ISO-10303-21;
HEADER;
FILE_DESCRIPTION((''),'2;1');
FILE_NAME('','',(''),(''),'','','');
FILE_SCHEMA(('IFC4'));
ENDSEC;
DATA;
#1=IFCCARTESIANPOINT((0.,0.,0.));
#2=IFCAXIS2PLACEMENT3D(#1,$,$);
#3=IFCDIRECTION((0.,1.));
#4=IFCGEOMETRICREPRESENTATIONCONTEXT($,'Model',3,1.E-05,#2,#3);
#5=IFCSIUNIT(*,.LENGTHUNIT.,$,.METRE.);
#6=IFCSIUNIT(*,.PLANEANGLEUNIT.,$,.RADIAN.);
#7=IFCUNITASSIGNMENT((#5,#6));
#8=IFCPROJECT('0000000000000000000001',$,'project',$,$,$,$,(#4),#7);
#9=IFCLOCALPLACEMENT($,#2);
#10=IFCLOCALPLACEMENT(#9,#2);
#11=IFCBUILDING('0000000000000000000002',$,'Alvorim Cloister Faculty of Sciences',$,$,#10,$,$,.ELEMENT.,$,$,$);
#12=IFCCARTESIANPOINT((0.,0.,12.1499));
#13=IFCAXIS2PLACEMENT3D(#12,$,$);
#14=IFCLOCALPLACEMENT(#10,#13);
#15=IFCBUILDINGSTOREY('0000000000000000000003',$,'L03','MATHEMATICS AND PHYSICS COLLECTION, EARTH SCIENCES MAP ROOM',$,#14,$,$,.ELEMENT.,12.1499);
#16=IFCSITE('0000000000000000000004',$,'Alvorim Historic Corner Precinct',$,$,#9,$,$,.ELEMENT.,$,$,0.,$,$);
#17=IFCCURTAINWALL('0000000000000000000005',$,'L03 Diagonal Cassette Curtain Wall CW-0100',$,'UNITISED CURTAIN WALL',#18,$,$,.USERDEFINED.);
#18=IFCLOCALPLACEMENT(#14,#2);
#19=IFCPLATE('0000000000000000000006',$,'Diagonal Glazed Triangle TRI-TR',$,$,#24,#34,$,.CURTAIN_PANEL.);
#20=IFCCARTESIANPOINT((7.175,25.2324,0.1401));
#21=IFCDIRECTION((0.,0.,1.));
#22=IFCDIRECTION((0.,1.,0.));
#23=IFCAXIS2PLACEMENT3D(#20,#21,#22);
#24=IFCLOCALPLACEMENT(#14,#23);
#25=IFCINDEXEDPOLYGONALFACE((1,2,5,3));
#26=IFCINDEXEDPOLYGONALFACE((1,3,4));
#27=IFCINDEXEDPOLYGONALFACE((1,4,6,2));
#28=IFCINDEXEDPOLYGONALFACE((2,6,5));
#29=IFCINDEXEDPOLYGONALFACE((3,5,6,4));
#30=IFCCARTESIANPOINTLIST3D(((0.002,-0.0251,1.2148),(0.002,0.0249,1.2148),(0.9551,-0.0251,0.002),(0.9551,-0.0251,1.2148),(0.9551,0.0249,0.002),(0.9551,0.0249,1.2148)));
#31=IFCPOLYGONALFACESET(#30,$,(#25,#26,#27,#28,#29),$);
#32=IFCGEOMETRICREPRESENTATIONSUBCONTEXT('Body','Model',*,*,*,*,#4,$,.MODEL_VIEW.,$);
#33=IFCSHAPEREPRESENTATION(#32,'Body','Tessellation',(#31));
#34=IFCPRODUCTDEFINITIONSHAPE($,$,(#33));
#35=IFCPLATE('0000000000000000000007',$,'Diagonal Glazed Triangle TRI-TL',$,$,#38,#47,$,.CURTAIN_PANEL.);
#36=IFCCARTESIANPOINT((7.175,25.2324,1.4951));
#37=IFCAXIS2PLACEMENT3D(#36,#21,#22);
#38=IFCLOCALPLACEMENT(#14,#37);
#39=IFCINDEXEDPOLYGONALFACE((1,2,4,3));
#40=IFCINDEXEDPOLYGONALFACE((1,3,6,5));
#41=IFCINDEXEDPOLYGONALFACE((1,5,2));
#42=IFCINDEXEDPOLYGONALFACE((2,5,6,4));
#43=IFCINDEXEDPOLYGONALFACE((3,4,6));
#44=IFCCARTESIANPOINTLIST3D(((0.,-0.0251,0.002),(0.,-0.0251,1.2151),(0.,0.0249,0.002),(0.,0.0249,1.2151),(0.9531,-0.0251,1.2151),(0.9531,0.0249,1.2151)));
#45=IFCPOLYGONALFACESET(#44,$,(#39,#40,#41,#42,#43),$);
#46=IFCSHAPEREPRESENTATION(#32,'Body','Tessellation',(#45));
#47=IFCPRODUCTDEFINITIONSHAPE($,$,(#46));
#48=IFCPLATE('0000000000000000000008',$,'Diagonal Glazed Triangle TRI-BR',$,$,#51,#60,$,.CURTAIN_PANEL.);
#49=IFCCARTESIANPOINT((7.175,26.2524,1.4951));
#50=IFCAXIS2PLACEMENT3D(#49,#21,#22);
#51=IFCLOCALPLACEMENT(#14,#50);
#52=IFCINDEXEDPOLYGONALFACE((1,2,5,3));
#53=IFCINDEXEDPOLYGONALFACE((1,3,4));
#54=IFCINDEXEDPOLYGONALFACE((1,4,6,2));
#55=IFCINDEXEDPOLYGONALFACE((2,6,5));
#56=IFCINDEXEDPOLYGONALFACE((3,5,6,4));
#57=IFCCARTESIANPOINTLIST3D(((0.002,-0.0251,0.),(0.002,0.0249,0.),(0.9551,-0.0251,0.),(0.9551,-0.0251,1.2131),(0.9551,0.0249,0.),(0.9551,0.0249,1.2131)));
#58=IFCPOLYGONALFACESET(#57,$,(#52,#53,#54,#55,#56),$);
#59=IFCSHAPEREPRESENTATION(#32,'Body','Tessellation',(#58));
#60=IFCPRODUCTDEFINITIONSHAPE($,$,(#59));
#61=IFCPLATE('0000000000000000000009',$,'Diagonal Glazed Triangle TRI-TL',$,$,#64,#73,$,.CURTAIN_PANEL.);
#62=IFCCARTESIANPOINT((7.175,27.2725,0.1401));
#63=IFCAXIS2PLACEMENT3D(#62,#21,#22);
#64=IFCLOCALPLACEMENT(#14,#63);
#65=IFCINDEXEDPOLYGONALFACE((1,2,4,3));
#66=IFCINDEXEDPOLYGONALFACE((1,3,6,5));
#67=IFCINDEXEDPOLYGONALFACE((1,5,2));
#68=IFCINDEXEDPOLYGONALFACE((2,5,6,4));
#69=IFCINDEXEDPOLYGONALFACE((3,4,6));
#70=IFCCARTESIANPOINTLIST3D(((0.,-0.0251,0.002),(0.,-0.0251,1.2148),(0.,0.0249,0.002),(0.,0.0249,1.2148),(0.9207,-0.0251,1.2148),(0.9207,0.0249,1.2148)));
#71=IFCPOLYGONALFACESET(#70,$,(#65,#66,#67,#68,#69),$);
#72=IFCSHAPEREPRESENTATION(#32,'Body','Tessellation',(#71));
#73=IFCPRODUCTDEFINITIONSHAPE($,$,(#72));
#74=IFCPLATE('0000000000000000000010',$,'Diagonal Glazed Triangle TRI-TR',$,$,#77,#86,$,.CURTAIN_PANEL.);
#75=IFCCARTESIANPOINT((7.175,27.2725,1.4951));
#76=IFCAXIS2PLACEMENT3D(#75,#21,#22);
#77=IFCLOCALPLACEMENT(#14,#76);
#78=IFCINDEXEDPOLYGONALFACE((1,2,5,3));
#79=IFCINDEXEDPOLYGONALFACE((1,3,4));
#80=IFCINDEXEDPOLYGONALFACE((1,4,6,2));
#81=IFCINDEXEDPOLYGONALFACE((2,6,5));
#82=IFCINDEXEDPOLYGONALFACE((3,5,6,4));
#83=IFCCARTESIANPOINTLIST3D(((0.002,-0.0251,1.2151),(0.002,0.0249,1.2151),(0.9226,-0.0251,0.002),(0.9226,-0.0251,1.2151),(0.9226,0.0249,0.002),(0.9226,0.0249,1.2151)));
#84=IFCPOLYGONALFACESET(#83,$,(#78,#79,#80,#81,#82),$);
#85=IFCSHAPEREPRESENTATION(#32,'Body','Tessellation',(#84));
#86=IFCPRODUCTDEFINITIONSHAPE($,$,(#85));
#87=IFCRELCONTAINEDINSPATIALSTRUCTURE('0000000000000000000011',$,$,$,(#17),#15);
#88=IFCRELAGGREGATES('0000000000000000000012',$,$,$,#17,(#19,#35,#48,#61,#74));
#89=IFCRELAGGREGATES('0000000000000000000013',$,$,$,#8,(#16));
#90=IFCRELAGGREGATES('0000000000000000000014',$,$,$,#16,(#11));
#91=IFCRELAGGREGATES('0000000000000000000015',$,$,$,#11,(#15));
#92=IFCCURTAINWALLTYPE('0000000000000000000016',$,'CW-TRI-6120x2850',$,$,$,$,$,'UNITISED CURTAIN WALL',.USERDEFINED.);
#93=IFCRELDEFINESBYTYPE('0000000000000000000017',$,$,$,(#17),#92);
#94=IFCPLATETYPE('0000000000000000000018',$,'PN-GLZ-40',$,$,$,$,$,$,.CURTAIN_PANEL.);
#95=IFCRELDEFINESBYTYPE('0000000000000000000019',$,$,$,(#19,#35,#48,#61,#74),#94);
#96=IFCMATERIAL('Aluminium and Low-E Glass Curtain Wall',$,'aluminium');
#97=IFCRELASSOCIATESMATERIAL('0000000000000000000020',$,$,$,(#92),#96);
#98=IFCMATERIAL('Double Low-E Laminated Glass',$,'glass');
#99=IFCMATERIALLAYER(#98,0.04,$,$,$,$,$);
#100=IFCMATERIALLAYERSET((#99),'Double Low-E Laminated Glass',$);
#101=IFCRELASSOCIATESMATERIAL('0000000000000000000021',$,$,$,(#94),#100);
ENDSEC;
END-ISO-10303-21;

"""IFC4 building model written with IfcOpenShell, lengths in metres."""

from ifc_helpers import new_model, si_unit, direction, frame, origin, place, context, subcontext, project, spatial, polyline, outline, extrude, material, layer, layer_set, type_object, element, aggregate, save


model = new_model("IFC4")

# Units and contexts
model_context = context("Model", 3, precision=1e-05, world=origin(), true_north=direction((0.0, 1.0)))
body_context = subcontext(model_context, "Body", "Model", "MODEL_VIEW")
ifc_project = project(units=[si_unit("LENGTHUNIT", "METRE"), si_unit("PLANEANGLEUNIT", "RADIAN")], contexts=[model_context])

# Site, building, storey
site_placement = place(None, origin())
site = spatial("IfcSite", under=ifc_project, at=site_placement, Name="Alvorim Historic Corner Precinct", CompositionType="ELEMENT", RefElevation=0.0)
building_placement = place(site_placement, origin())
building = spatial("IfcBuilding", under=site, at=building_placement, Name="Alvorim Cloister Faculty of Sciences", CompositionType="ELEMENT")
storey_placement = place(building_placement, frame((0.0, 0.0, 12.1499)))
storey = spatial("IfcBuildingStorey", under=building, at=storey_placement, Name="L03", Description="MATHEMATICS AND PHYSICS COLLECTION, EARTH SCIENCES MAP ROOM", CompositionType="ELEMENT", Elevation=12.1499)

# Curtain wall
ifc_material_1 = material(Name="Aluminium and Low-E Glass Curtain Wall", Category="aluminium")
curtain_wall_type = type_object("IfcCurtainWallType", Name="CW-TRI-6120x2850", ElementType="UNITISED CURTAIN WALL", PredefinedType="USERDEFINED", material=ifc_material_1)
curtain_wall_placement = place(storey_placement, origin())
curtain_wall = element("IfcCurtainWall", 1, at=curtain_wall_placement, inside=storey, type_object=curtain_wall_type, Name="L03 Diagonal Cassette Curtain Wall CW-0100", ObjectType="UNITISED CURTAIN WALL", PredefinedType="USERDEFINED")

# Plates
ifc_material_2 = material(Name="Double Low-E Laminated Glass", Category="glass")
ifc_layer_1 = layer(ifc_material_2, 0.04)
ifc_layer_set_1 = layer_set([ifc_layer_1], Name="Double Low-E Laminated Glass")
plate_type_1 = type_object("IfcPlateType", Name="PN-GLZ-40", PredefinedType="CURTAIN_PANEL", material=ifc_layer_set_1)
plate_1_placement = place(storey_placement, frame((7.175, 25.2324, 0.1401), z_axis=(0.0, 0.0, 1.0), x_axis=(0.0, 1.0, 0.0)))
plate_1 = element("IfcPlate", 2, at=plate_1_placement, type_object=plate_type_1, Name="Diagonal Glazed Triangle TRI-TR", PredefinedType="CURTAIN_PANEL", context=body_context, shape_type="SweptSolid", body=[
    extrude(outline(polyline([(0.9551, 0.002), (0.9551, 1.2148), (0.002, 1.2148), (0.9551, 0.002)])), frame((0.0, 0.0249, 0.0), z_axis=(0.0, -1.0, 0.0), x_axis=(1.0, 0.0, 0.0)), (0.0, 0.0, 1.0), 0.05),
])
plate_2_placement = place(storey_placement, frame((7.175, 25.2324, 1.4951), z_axis=(0.0, 0.0, 1.0), x_axis=(0.0, 1.0, 0.0)))
plate_2 = element("IfcPlate", 3, at=plate_2_placement, type_object=plate_type_1, Name="Diagonal Glazed Triangle TRI-TL", PredefinedType="CURTAIN_PANEL", context=body_context, shape_type="SweptSolid", body=[
    extrude(outline(polyline([(0.9531, 1.2151), (0.0, 1.2151), (0.0, 0.002), (0.9531, 1.2151)])), frame((0.0, 0.0249, 0.0), z_axis=(0.0, -1.0, 0.0), x_axis=(1.0, 0.0, 0.0)), (0.0, 0.0, 1.0), 0.05),
])
plate_3_placement = place(storey_placement, frame((7.175, 26.2524, 1.4951), z_axis=(0.0, 0.0, 1.0), x_axis=(0.0, 1.0, 0.0)))
plate_3 = element("IfcPlate", 4, at=plate_3_placement, type_object=plate_type_1, Name="Diagonal Glazed Triangle TRI-BR", PredefinedType="CURTAIN_PANEL", context=body_context, shape_type="SweptSolid", body=[
    extrude(outline(polyline([(0.002, 0.0), (0.9551, 0.0), (0.9551, 1.2131), (0.002, 0.0)])), frame((0.0, 0.0249, 0.0), z_axis=(0.0, -1.0, 0.0), x_axis=(1.0, 0.0, 0.0)), (0.0, 0.0, 1.0), 0.05),
])
plate_4_placement = place(storey_placement, frame((7.175, 27.2725, 0.1401), z_axis=(0.0, 0.0, 1.0), x_axis=(0.0, 1.0, 0.0)))
plate_4 = element("IfcPlate", 5, at=plate_4_placement, type_object=plate_type_1, Name="Diagonal Glazed Triangle TRI-TL", PredefinedType="CURTAIN_PANEL", context=body_context, shape_type="SweptSolid", body=[
    extrude(outline(polyline([(0.9207, 1.2148), (0.0, 1.2148), (0.0, 0.002), (0.9207, 1.2148)])), frame((0.0, 0.0249, 0.0), z_axis=(0.0, -1.0, 0.0), x_axis=(1.0, 0.0, 0.0)), (0.0, 0.0, 1.0), 0.05),
])
plate_5_placement = place(storey_placement, frame((7.175, 27.2725, 1.4951), z_axis=(0.0, 0.0, 1.0), x_axis=(0.0, 1.0, 0.0)))
plate_5 = element("IfcPlate", 6, at=plate_5_placement, type_object=plate_type_1, Name="Diagonal Glazed Triangle TRI-TR", PredefinedType="CURTAIN_PANEL", context=body_context, shape_type="SweptSolid", body=[
    extrude(outline(polyline([(0.9226, 0.002), (0.9226, 1.2151), (0.002, 1.2151), (0.9226, 0.002)])), frame((0.0, 0.0249, 0.0), z_axis=(0.0, -1.0, 0.0), x_axis=(1.0, 0.0, 0.0)), (0.0, 0.0, 1.0), 0.05),
])
aggregate(curtain_wall, [plate_1, plate_2, plate_3, plate_4, plate_5])

save(model, "model.ifc")
